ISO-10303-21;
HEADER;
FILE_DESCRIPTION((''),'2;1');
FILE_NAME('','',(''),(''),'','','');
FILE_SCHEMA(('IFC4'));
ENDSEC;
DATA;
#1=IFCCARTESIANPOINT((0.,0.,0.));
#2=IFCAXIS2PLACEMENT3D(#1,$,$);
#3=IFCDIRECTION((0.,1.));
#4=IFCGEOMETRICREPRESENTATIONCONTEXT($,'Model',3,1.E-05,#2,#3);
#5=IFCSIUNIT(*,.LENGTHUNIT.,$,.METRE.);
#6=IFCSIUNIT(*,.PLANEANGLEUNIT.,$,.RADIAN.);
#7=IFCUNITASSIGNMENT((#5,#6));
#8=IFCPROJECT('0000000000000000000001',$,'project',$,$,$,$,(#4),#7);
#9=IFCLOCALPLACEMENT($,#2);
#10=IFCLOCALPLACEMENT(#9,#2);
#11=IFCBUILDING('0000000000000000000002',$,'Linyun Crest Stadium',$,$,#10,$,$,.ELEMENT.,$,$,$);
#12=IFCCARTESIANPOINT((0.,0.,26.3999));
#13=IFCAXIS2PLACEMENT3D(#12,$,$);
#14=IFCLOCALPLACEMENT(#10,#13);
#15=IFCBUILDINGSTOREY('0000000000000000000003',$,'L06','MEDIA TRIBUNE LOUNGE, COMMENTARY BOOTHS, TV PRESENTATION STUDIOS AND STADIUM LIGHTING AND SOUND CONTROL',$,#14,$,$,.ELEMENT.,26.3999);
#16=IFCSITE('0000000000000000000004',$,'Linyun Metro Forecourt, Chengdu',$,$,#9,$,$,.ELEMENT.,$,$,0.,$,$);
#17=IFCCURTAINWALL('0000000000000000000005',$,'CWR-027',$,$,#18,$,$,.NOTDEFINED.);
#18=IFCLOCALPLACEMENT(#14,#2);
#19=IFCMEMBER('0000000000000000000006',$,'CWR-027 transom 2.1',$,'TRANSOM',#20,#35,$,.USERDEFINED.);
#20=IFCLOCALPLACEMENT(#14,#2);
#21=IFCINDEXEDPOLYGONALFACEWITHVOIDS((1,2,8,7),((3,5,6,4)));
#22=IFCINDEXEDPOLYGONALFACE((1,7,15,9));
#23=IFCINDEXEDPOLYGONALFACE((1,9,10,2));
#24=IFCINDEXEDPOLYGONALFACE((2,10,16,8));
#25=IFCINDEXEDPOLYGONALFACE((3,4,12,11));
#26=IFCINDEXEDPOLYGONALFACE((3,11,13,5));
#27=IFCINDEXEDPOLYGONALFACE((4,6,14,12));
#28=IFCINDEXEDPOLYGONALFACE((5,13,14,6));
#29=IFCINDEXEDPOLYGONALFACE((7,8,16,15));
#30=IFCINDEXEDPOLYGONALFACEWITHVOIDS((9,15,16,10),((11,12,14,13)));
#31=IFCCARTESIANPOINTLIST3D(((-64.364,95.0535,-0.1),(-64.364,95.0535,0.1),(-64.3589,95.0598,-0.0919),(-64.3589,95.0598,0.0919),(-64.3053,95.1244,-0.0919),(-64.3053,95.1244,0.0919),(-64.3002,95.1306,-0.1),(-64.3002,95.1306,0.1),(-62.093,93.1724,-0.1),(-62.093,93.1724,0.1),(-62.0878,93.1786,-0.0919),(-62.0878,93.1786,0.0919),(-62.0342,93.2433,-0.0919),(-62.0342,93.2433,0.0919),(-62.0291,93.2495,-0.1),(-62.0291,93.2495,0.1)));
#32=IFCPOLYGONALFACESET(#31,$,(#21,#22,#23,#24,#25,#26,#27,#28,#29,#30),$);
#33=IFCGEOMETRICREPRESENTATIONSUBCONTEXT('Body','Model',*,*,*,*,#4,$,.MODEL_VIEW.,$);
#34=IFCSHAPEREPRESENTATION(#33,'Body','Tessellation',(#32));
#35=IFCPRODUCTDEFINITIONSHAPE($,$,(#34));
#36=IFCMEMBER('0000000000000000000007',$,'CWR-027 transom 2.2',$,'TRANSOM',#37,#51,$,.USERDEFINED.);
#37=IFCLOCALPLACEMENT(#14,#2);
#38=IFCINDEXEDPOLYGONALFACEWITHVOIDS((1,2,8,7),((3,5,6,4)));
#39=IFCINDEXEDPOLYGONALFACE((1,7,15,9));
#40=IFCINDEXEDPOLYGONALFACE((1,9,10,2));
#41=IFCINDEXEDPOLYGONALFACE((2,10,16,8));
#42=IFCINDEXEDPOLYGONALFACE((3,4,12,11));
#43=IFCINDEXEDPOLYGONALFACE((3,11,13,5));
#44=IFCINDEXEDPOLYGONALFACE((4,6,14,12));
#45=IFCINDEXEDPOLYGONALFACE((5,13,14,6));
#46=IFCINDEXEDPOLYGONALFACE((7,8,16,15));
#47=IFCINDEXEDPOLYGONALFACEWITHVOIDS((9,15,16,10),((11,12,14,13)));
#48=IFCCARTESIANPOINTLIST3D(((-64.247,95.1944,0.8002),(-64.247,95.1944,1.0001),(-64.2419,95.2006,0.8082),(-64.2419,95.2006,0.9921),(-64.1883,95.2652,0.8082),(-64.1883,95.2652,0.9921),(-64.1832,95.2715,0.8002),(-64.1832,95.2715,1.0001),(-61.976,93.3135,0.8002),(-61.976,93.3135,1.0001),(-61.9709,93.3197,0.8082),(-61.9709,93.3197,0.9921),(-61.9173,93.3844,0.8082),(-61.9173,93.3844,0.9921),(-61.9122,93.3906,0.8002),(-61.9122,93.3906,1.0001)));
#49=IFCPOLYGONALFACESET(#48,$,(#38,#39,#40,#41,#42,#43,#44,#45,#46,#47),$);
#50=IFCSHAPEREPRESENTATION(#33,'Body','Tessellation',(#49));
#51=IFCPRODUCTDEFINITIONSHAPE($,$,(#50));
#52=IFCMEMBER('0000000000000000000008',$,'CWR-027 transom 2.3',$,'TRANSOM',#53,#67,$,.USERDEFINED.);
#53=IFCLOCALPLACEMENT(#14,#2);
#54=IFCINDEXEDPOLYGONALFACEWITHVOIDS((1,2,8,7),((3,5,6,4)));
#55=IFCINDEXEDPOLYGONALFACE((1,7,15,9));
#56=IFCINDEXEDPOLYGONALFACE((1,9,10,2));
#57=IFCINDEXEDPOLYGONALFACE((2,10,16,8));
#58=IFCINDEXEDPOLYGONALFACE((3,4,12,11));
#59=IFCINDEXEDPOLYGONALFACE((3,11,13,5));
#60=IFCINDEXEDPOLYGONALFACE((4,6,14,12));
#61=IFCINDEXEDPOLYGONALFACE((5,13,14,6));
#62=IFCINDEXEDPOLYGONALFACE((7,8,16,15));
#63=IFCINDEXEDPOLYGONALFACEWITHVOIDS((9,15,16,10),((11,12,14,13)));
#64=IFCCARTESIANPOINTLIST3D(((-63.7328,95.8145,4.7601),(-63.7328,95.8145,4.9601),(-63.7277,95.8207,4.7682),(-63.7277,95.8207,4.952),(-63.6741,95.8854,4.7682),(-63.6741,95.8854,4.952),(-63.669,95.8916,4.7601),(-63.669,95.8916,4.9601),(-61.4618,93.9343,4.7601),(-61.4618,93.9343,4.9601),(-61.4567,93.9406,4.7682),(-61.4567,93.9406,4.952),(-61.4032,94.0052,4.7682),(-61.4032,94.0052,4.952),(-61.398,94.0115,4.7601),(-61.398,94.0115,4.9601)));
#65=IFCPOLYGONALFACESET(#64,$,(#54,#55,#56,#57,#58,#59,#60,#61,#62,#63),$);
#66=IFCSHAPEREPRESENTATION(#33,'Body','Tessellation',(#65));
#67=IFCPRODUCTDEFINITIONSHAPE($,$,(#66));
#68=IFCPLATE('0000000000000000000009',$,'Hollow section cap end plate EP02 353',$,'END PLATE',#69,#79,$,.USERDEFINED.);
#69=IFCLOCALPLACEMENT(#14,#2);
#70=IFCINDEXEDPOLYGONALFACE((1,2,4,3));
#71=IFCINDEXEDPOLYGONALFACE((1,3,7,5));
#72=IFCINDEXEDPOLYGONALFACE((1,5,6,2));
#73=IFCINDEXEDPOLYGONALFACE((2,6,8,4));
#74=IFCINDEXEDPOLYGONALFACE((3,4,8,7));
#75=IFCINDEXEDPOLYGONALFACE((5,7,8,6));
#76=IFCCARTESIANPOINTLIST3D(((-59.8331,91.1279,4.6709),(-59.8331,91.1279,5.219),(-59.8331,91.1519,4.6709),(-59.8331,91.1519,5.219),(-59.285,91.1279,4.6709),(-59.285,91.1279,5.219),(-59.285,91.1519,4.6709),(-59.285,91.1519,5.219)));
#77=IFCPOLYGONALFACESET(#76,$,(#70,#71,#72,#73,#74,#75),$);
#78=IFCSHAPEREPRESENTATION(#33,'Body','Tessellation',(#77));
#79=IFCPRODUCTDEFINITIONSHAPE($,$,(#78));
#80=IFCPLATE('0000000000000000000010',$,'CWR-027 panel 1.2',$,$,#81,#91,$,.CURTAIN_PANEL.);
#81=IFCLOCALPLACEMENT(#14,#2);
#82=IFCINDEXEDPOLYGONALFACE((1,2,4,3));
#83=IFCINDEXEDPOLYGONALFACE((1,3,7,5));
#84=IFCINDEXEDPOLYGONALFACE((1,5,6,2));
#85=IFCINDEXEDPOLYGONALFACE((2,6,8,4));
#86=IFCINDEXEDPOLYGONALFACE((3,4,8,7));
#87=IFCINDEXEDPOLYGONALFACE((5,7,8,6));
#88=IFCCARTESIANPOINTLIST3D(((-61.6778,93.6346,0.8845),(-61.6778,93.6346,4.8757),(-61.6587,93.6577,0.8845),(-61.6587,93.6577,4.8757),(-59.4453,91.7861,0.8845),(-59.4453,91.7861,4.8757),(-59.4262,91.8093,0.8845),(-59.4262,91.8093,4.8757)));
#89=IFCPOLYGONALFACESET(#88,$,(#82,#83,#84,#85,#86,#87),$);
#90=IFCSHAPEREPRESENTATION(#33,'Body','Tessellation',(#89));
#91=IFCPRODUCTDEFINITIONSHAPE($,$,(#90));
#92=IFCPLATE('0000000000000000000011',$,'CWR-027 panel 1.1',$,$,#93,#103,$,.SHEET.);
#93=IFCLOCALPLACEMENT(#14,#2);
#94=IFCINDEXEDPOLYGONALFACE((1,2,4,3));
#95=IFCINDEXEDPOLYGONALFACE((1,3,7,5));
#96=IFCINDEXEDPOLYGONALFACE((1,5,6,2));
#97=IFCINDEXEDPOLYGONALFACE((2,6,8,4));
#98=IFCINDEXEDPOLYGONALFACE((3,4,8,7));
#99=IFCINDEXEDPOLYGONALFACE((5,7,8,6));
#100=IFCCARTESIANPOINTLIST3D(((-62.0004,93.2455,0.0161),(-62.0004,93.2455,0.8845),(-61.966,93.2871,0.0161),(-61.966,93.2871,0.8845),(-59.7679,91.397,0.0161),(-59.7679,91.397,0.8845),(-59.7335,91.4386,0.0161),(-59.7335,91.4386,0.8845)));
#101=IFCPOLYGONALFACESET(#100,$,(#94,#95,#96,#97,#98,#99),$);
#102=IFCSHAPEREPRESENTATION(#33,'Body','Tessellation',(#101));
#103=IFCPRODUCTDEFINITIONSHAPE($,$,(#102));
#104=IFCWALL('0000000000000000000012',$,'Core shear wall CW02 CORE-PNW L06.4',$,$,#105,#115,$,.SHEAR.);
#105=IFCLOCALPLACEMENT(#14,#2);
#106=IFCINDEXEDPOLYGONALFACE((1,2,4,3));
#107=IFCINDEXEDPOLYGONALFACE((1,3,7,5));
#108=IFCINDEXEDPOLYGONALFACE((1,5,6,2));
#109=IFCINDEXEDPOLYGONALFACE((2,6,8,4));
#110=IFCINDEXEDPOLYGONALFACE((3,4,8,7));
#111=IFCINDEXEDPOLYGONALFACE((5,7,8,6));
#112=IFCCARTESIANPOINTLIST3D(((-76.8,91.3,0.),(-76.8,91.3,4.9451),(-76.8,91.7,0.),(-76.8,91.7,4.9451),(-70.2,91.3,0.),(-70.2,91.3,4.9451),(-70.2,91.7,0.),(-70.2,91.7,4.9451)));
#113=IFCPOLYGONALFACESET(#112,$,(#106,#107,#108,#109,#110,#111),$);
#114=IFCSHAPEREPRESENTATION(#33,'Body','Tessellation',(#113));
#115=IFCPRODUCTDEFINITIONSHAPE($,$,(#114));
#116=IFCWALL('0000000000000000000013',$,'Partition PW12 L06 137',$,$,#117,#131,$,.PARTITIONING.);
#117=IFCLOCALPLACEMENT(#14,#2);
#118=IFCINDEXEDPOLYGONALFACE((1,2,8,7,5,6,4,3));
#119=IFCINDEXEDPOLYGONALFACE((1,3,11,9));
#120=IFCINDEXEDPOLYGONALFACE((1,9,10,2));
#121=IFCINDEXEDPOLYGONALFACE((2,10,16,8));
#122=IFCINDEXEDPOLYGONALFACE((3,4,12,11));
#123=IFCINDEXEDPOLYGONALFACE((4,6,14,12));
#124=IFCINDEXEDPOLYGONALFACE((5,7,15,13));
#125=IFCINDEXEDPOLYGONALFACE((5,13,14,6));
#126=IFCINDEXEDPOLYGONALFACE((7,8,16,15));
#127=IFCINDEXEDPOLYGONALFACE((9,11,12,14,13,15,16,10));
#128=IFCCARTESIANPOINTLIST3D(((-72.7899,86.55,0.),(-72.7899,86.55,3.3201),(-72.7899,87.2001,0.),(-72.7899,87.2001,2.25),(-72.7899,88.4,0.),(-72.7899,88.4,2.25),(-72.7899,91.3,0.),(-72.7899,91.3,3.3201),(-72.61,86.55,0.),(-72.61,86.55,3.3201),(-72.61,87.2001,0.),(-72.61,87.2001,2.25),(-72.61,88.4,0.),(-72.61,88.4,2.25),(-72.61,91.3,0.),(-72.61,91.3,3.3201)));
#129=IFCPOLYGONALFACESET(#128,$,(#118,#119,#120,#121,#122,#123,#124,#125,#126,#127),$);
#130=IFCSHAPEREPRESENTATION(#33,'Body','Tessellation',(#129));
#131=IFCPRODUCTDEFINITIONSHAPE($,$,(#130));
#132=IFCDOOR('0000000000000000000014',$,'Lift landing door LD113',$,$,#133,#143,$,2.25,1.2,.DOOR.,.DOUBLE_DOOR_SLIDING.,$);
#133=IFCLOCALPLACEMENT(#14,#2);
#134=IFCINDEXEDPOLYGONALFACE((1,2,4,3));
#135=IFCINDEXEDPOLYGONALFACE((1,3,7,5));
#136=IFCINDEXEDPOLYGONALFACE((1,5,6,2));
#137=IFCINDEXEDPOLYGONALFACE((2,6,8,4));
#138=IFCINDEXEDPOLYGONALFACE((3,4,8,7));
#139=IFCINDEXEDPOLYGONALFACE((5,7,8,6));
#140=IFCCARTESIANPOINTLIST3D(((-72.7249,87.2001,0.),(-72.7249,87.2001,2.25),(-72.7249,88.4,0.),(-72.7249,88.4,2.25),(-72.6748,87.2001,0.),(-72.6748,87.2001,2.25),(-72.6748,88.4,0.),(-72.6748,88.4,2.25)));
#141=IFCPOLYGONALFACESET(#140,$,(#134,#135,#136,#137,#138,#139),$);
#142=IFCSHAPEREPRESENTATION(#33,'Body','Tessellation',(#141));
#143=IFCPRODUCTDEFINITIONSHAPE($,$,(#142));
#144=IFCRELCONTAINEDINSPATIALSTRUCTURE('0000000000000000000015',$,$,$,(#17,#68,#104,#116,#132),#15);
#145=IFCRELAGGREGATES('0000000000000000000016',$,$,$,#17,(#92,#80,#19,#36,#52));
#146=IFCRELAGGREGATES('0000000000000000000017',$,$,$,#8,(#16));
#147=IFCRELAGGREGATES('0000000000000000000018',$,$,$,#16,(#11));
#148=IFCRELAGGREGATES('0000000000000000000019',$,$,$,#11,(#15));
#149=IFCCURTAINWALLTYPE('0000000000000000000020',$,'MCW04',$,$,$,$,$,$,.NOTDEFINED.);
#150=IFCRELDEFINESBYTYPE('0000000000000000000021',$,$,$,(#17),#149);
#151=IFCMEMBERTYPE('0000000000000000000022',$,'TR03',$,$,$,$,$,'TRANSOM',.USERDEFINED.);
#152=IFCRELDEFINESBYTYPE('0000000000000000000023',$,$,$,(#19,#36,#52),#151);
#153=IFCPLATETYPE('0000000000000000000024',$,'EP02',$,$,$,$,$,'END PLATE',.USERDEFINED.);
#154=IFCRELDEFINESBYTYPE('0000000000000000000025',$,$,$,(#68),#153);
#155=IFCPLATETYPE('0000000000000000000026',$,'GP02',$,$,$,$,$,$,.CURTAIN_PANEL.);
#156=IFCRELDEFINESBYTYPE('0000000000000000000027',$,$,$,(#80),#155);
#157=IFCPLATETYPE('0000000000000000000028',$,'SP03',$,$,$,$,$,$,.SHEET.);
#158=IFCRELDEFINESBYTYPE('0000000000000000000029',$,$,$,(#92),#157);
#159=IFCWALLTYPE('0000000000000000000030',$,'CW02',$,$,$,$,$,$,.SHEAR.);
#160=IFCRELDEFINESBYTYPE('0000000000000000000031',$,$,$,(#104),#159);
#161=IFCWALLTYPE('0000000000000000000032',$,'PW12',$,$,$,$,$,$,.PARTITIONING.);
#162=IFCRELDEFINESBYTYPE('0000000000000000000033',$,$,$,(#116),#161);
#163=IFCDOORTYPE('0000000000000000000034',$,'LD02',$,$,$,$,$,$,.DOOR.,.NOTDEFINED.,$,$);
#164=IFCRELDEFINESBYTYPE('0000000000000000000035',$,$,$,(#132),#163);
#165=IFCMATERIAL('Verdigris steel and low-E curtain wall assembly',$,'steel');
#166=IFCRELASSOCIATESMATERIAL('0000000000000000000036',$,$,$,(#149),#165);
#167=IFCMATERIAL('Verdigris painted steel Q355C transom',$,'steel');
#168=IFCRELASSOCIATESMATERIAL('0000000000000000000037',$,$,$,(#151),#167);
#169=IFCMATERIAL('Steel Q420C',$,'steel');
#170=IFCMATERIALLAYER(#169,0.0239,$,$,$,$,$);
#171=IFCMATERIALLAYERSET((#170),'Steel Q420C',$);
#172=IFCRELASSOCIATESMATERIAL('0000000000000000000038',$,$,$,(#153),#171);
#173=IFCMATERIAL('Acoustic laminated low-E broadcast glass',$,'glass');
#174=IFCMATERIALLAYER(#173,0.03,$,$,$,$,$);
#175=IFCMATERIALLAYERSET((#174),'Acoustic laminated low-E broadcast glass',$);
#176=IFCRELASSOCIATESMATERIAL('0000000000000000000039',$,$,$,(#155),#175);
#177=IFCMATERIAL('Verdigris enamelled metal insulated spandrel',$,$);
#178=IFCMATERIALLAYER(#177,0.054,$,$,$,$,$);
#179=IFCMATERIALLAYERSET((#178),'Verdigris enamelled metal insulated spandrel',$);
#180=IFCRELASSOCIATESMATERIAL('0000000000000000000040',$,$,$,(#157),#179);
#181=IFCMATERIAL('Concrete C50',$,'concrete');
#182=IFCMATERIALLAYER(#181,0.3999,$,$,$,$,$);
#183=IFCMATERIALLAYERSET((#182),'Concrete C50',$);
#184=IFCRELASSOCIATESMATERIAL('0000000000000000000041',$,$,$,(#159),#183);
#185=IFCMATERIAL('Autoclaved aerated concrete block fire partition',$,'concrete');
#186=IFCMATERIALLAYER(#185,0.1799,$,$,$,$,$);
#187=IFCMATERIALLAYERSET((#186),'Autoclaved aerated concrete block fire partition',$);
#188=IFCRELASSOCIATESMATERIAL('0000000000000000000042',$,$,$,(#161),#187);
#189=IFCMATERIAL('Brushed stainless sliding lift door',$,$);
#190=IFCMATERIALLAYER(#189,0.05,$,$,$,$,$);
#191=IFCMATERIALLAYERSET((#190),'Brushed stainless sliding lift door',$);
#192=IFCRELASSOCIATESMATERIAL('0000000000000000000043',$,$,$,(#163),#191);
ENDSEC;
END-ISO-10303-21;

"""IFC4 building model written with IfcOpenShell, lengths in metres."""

from ifc_helpers import new_model, si_unit, direction, frame, frame_2d, origin, origin_2d, place, context, subcontext, project, spatial, rectangle, hollow_rectangle, extrude, material, layer, layer_set, material_profile, profile_set, type_object, element, fill, aggregate, save


model = new_model("IFC4")

# Units and contexts
model_context = context("Model", 3, precision=1e-05, world=origin(), true_north=direction((0.0, 1.0)))
body_context = subcontext(model_context, "Body", "Model", "MODEL_VIEW")
ifc_project = project(units=[si_unit("LENGTHUNIT", "METRE"), si_unit("PLANEANGLEUNIT", "RADIAN")], contexts=[model_context])

# Site, building, storey
site_placement = place(None, origin())
site = spatial("IfcSite", under=ifc_project, at=site_placement, Name="Linyun Metro Forecourt, Chengdu", CompositionType="ELEMENT", RefElevation=0.0)
building_placement = place(site_placement, origin())
building = spatial("IfcBuilding", under=site, at=building_placement, Name="Linyun Crest Stadium", CompositionType="ELEMENT")
storey_placement = place(building_placement, frame((0.0, 0.0, 26.3999)))
storey = spatial("IfcBuildingStorey", under=building, at=storey_placement, Name="L06", Description="MEDIA TRIBUNE LOUNGE, COMMENTARY BOOTHS, TV PRESENTATION STUDIOS AND STADIUM LIGHTING AND SOUND CONTROL", CompositionType="ELEMENT", Elevation=26.3999)

# Curtain wall, members
ifc_material_1 = material(Name="Verdigris steel and low-E curtain wall assembly", Category="steel")
curtain_wall_type = type_object("IfcCurtainWallType", Name="MCW04", PredefinedType="NOTDEFINED", material=ifc_material_1)
curtain_wall_placement = place(storey_placement, origin())
curtain_wall = element("IfcCurtainWall", 1, at=curtain_wall_placement, inside=storey, type_object=curtain_wall_type, Name="CWR-027", PredefinedType="NOTDEFINED")
ifc_material_2 = material(Name="Verdigris painted steel Q355C transom", Category="steel")
ifc_material_profile_1 = material_profile(ifc_material_2, hollow_rectangle(XDim=0.1001, YDim=0.2, WallThickness=0.0081, at=origin_2d()), Name="RHS 200x100x8")
ifc_profile_set_1 = profile_set([ifc_material_profile_1], Name="Verdigris painted steel Q355C transom")
member_type_1 = type_object("IfcMemberType", Name="TR03", ElementType="TRANSOM", PredefinedType="USERDEFINED", material=ifc_profile_set_1)
member_1_placement = place(storey_placement, frame((-62.061, 93.2109, 0.0), z_axis=(-0.770118, 0.637901, 0.0), x_axis=(-0.637901, -0.770118, 0.0)))
member_1 = element("IfcMember", 2, at=member_1_placement, type_object=member_type_1, Name="CWR-027 transom 2.1", ObjectType="TRANSOM", PredefinedType="USERDEFINED", context=body_context, shape_type="SweptSolid", body=[
    extrude(hollow_rectangle(XDim=0.1001, YDim=0.2, WallThickness=0.0081, at=origin_2d()), origin(), (0.0, 0.0, 1.0), 2.949),
])
member_2_placement = place(storey_placement, frame((-61.9441, 93.3521, 0.9001), z_axis=(-0.770159, 0.637852, 0.0), x_axis=(-0.637852, -0.770159, 0.0)))
member_2 = element("IfcMember", 3, at=member_2_placement, type_object=member_type_1, Name="CWR-027 transom 2.2", ObjectType="TRANSOM", PredefinedType="USERDEFINED", context=body_context, shape_type="SweptSolid", body=[
    extrude(hollow_rectangle(XDim=0.1001, YDim=0.2, WallThickness=0.0081, at=origin_2d()), origin(), (0.0, 0.0, 1.0), 2.9487),
])
member_3_placement = place(storey_placement, frame((-61.4299, 93.9729, 4.8601), z_axis=(-0.770281, 0.637705, 0.0), x_axis=(-0.637705, -0.770281, 0.0)))
member_3 = element("IfcMember", 4, at=member_3_placement, type_object=member_type_1, Name="CWR-027 transom 2.3", ObjectType="TRANSOM", PredefinedType="USERDEFINED", context=body_context, shape_type="SweptSolid", body=[
    extrude(hollow_rectangle(XDim=0.1001, YDim=0.2, WallThickness=0.0081, at=origin_2d()), origin(), (0.0, 0.0, 1.0), 2.9482),
])

# Plates
ifc_material_3 = material(Name="Steel Q420C", Category="steel")
ifc_layer_1 = layer(ifc_material_3, 0.0239)
ifc_layer_set_1 = layer_set([ifc_layer_1], Name="Steel Q420C")
plate_type_1 = type_object("IfcPlateType", Name="EP02", ElementType="END PLATE", PredefinedType="USERDEFINED", material=ifc_layer_set_1)
plate_1_placement = place(storey_placement, frame((-59.5591, 91.1399, 4.6709), z_axis=(0.0, 0.0, 1.0), x_axis=(1.0, 0.0, 0.0)))
element("IfcPlate", 5, at=plate_1_placement, inside=storey, type_object=plate_type_1, Name="Hollow section cap end plate EP02 353", ObjectType="END PLATE", PredefinedType="USERDEFINED", context=body_context, shape_type="SweptSolid", body=[
    extrude(rectangle(XDim=0.5481, YDim=0.0239, at=origin_2d()), origin(), (0.0, 0.0, 1.0), 0.5481),
])
ifc_material_4 = material(Name="Acoustic laminated low-E broadcast glass", Category="glass")
ifc_layer_2 = layer(ifc_material_4, 0.03)
ifc_layer_set_2 = layer_set([ifc_layer_2], Name="Acoustic laminated low-E broadcast glass")
plate_type_2 = type_object("IfcPlateType", Name="GP02", PredefinedType="CURTAIN_PANEL", material=ifc_layer_set_2)
plate_2_placement = place(storey_placement, frame((-60.552, 92.7219, 0.8845), z_axis=(0.0, 0.0, 1.0), x_axis=(-0.770246, 0.637747, 0.0)))
plate_2 = element("IfcPlate", 6, at=plate_2_placement, type_object=plate_type_2, Name="CWR-027 panel 1.2", PredefinedType="CURTAIN_PANEL", context=body_context, shape_type="SweptSolid", body=[
    extrude(rectangle(XDim=2.8984, YDim=0.03, at=origin_2d()), origin(), (0.0, 0.0, 1.0), 3.9912),
])
ifc_material_5 = material(Name="Verdigris enamelled metal insulated spandrel")
ifc_layer_3 = layer(ifc_material_5, 0.054)
ifc_layer_set_3 = layer_set([ifc_layer_3], Name="Verdigris enamelled metal insulated spandrel")
plate_type_3 = type_object("IfcPlateType", Name="SP03", PredefinedType="SHEET", material=ifc_layer_set_3)
plate_3_placement = place(storey_placement, frame((-60.8669, 92.342, 0.0161), z_axis=(0.0, 0.0, 1.0), x_axis=(-0.770246, 0.637747, 0.0)))
plate_3 = element("IfcPlate", 7, at=plate_3_placement, type_object=plate_type_3, Name="CWR-027 panel 1.1", PredefinedType="SHEET", context=body_context, shape_type="SweptSolid", body=[
    extrude(rectangle(XDim=2.8984, YDim=0.054, at=origin_2d()), origin(), (0.0, 0.0, 1.0), 0.8684),
])
aggregate(curtain_wall, [plate_3, plate_2, member_1, member_2, member_3])

# Wall
ifc_material_6 = material(Name="Concrete C50", Category="concrete")
ifc_layer_4 = layer(ifc_material_6, 0.3999)
ifc_layer_set_4 = layer_set([ifc_layer_4], Name="Concrete C50")
wall_type_1 = type_object("IfcWallType", Name="CW02", PredefinedType="SHEAR", material=ifc_layer_set_4)
wall_1_placement = place(storey_placement, frame((-76.8, 91.5, 0.0), z_axis=(0.0, 0.0, 1.0), x_axis=(1.0, 0.0, 0.0)))
element("IfcWall", 8, at=wall_1_placement, inside=storey, type_object=wall_type_1, Name="Core shear wall CW02 CORE-PNW L06.4", PredefinedType="SHEAR", context=body_context, shape_type="SweptSolid", body=[
    extrude(rectangle(XDim=6.6001, YDim=0.3999, at=frame_2d((3.3, 0.0))), origin(), (0.0, 0.0, 1.0), 4.9451),
])

# Wall, opening, door
ifc_material_7 = material(Name="Autoclaved aerated concrete block fire partition", Category="concrete")
ifc_layer_5 = layer(ifc_material_7, 0.1799)
ifc_layer_set_5 = layer_set([ifc_layer_5], Name="Autoclaved aerated concrete block fire partition")
wall_type_2 = type_object("IfcWallType", Name="PW12", PredefinedType="PARTITIONING", material=ifc_layer_set_5)
wall_2_placement = place(storey_placement, frame((-72.7, 86.55, 0.0), z_axis=(0.0, 0.0, 1.0), x_axis=(0.0, 1.0, 0.0)))
wall_2 = element("IfcWall", 9, at=wall_2_placement, inside=storey, type_object=wall_type_2, Name="Partition PW12 L06 137", PredefinedType="PARTITIONING", context=body_context, shape_type="SweptSolid", body=[
    extrude(rectangle(XDim=4.75, YDim=0.1799, at=frame_2d((2.375, 0.0))), origin(), (0.0, 0.0, 1.0), 3.3201),
])
opening_placement = place(wall_2_placement, frame((0.6499, 0.0, 0.0)))
opening = element("IfcOpeningElement", 10, at=opening_placement, cuts=wall_2, PredefinedType="OPENING", context=body_context, shape_type="SweptSolid", body=[
    extrude(rectangle(XDim=1.2, YDim=2.25, at=frame_2d((0.6001, 1.125))), frame((0.0, 0.0999, 0.0), z_axis=(0.0, -1.0, 0.0), x_axis=(1.0, 0.0, 0.0)), (0.0, 0.0, 1.0), 0.2),
])
ifc_material_8 = material(Name="Brushed stainless sliding lift door")
ifc_layer_6 = layer(ifc_material_8, 0.05)
ifc_layer_set_6 = layer_set([ifc_layer_6], Name="Brushed stainless sliding lift door")
door_type = type_object("IfcDoorType", Name="LD02", OperationType="NOTDEFINED", PredefinedType="DOOR", material=ifc_layer_set_6)
door_placement = place(opening_placement, origin())
door = element("IfcDoor", 11, at=door_placement, inside=storey, type_object=door_type, Name="Lift landing door LD113", OperationType="DOUBLE_DOOR_SLIDING", OverallHeight=2.25, OverallWidth=1.2, PredefinedType="DOOR", context=body_context, shape_type="SweptSolid", body=[
    extrude(rectangle(XDim=1.2, YDim=2.25, at=frame_2d((0.6001, 1.125))), frame((0.0, 0.0249, 0.0), z_axis=(0.0, -1.0, 0.0), x_axis=(1.0, 0.0, 0.0)), (0.0, 0.0, 1.0), 0.05),
])
fill(opening, door)

save(model, "model.ifc")
